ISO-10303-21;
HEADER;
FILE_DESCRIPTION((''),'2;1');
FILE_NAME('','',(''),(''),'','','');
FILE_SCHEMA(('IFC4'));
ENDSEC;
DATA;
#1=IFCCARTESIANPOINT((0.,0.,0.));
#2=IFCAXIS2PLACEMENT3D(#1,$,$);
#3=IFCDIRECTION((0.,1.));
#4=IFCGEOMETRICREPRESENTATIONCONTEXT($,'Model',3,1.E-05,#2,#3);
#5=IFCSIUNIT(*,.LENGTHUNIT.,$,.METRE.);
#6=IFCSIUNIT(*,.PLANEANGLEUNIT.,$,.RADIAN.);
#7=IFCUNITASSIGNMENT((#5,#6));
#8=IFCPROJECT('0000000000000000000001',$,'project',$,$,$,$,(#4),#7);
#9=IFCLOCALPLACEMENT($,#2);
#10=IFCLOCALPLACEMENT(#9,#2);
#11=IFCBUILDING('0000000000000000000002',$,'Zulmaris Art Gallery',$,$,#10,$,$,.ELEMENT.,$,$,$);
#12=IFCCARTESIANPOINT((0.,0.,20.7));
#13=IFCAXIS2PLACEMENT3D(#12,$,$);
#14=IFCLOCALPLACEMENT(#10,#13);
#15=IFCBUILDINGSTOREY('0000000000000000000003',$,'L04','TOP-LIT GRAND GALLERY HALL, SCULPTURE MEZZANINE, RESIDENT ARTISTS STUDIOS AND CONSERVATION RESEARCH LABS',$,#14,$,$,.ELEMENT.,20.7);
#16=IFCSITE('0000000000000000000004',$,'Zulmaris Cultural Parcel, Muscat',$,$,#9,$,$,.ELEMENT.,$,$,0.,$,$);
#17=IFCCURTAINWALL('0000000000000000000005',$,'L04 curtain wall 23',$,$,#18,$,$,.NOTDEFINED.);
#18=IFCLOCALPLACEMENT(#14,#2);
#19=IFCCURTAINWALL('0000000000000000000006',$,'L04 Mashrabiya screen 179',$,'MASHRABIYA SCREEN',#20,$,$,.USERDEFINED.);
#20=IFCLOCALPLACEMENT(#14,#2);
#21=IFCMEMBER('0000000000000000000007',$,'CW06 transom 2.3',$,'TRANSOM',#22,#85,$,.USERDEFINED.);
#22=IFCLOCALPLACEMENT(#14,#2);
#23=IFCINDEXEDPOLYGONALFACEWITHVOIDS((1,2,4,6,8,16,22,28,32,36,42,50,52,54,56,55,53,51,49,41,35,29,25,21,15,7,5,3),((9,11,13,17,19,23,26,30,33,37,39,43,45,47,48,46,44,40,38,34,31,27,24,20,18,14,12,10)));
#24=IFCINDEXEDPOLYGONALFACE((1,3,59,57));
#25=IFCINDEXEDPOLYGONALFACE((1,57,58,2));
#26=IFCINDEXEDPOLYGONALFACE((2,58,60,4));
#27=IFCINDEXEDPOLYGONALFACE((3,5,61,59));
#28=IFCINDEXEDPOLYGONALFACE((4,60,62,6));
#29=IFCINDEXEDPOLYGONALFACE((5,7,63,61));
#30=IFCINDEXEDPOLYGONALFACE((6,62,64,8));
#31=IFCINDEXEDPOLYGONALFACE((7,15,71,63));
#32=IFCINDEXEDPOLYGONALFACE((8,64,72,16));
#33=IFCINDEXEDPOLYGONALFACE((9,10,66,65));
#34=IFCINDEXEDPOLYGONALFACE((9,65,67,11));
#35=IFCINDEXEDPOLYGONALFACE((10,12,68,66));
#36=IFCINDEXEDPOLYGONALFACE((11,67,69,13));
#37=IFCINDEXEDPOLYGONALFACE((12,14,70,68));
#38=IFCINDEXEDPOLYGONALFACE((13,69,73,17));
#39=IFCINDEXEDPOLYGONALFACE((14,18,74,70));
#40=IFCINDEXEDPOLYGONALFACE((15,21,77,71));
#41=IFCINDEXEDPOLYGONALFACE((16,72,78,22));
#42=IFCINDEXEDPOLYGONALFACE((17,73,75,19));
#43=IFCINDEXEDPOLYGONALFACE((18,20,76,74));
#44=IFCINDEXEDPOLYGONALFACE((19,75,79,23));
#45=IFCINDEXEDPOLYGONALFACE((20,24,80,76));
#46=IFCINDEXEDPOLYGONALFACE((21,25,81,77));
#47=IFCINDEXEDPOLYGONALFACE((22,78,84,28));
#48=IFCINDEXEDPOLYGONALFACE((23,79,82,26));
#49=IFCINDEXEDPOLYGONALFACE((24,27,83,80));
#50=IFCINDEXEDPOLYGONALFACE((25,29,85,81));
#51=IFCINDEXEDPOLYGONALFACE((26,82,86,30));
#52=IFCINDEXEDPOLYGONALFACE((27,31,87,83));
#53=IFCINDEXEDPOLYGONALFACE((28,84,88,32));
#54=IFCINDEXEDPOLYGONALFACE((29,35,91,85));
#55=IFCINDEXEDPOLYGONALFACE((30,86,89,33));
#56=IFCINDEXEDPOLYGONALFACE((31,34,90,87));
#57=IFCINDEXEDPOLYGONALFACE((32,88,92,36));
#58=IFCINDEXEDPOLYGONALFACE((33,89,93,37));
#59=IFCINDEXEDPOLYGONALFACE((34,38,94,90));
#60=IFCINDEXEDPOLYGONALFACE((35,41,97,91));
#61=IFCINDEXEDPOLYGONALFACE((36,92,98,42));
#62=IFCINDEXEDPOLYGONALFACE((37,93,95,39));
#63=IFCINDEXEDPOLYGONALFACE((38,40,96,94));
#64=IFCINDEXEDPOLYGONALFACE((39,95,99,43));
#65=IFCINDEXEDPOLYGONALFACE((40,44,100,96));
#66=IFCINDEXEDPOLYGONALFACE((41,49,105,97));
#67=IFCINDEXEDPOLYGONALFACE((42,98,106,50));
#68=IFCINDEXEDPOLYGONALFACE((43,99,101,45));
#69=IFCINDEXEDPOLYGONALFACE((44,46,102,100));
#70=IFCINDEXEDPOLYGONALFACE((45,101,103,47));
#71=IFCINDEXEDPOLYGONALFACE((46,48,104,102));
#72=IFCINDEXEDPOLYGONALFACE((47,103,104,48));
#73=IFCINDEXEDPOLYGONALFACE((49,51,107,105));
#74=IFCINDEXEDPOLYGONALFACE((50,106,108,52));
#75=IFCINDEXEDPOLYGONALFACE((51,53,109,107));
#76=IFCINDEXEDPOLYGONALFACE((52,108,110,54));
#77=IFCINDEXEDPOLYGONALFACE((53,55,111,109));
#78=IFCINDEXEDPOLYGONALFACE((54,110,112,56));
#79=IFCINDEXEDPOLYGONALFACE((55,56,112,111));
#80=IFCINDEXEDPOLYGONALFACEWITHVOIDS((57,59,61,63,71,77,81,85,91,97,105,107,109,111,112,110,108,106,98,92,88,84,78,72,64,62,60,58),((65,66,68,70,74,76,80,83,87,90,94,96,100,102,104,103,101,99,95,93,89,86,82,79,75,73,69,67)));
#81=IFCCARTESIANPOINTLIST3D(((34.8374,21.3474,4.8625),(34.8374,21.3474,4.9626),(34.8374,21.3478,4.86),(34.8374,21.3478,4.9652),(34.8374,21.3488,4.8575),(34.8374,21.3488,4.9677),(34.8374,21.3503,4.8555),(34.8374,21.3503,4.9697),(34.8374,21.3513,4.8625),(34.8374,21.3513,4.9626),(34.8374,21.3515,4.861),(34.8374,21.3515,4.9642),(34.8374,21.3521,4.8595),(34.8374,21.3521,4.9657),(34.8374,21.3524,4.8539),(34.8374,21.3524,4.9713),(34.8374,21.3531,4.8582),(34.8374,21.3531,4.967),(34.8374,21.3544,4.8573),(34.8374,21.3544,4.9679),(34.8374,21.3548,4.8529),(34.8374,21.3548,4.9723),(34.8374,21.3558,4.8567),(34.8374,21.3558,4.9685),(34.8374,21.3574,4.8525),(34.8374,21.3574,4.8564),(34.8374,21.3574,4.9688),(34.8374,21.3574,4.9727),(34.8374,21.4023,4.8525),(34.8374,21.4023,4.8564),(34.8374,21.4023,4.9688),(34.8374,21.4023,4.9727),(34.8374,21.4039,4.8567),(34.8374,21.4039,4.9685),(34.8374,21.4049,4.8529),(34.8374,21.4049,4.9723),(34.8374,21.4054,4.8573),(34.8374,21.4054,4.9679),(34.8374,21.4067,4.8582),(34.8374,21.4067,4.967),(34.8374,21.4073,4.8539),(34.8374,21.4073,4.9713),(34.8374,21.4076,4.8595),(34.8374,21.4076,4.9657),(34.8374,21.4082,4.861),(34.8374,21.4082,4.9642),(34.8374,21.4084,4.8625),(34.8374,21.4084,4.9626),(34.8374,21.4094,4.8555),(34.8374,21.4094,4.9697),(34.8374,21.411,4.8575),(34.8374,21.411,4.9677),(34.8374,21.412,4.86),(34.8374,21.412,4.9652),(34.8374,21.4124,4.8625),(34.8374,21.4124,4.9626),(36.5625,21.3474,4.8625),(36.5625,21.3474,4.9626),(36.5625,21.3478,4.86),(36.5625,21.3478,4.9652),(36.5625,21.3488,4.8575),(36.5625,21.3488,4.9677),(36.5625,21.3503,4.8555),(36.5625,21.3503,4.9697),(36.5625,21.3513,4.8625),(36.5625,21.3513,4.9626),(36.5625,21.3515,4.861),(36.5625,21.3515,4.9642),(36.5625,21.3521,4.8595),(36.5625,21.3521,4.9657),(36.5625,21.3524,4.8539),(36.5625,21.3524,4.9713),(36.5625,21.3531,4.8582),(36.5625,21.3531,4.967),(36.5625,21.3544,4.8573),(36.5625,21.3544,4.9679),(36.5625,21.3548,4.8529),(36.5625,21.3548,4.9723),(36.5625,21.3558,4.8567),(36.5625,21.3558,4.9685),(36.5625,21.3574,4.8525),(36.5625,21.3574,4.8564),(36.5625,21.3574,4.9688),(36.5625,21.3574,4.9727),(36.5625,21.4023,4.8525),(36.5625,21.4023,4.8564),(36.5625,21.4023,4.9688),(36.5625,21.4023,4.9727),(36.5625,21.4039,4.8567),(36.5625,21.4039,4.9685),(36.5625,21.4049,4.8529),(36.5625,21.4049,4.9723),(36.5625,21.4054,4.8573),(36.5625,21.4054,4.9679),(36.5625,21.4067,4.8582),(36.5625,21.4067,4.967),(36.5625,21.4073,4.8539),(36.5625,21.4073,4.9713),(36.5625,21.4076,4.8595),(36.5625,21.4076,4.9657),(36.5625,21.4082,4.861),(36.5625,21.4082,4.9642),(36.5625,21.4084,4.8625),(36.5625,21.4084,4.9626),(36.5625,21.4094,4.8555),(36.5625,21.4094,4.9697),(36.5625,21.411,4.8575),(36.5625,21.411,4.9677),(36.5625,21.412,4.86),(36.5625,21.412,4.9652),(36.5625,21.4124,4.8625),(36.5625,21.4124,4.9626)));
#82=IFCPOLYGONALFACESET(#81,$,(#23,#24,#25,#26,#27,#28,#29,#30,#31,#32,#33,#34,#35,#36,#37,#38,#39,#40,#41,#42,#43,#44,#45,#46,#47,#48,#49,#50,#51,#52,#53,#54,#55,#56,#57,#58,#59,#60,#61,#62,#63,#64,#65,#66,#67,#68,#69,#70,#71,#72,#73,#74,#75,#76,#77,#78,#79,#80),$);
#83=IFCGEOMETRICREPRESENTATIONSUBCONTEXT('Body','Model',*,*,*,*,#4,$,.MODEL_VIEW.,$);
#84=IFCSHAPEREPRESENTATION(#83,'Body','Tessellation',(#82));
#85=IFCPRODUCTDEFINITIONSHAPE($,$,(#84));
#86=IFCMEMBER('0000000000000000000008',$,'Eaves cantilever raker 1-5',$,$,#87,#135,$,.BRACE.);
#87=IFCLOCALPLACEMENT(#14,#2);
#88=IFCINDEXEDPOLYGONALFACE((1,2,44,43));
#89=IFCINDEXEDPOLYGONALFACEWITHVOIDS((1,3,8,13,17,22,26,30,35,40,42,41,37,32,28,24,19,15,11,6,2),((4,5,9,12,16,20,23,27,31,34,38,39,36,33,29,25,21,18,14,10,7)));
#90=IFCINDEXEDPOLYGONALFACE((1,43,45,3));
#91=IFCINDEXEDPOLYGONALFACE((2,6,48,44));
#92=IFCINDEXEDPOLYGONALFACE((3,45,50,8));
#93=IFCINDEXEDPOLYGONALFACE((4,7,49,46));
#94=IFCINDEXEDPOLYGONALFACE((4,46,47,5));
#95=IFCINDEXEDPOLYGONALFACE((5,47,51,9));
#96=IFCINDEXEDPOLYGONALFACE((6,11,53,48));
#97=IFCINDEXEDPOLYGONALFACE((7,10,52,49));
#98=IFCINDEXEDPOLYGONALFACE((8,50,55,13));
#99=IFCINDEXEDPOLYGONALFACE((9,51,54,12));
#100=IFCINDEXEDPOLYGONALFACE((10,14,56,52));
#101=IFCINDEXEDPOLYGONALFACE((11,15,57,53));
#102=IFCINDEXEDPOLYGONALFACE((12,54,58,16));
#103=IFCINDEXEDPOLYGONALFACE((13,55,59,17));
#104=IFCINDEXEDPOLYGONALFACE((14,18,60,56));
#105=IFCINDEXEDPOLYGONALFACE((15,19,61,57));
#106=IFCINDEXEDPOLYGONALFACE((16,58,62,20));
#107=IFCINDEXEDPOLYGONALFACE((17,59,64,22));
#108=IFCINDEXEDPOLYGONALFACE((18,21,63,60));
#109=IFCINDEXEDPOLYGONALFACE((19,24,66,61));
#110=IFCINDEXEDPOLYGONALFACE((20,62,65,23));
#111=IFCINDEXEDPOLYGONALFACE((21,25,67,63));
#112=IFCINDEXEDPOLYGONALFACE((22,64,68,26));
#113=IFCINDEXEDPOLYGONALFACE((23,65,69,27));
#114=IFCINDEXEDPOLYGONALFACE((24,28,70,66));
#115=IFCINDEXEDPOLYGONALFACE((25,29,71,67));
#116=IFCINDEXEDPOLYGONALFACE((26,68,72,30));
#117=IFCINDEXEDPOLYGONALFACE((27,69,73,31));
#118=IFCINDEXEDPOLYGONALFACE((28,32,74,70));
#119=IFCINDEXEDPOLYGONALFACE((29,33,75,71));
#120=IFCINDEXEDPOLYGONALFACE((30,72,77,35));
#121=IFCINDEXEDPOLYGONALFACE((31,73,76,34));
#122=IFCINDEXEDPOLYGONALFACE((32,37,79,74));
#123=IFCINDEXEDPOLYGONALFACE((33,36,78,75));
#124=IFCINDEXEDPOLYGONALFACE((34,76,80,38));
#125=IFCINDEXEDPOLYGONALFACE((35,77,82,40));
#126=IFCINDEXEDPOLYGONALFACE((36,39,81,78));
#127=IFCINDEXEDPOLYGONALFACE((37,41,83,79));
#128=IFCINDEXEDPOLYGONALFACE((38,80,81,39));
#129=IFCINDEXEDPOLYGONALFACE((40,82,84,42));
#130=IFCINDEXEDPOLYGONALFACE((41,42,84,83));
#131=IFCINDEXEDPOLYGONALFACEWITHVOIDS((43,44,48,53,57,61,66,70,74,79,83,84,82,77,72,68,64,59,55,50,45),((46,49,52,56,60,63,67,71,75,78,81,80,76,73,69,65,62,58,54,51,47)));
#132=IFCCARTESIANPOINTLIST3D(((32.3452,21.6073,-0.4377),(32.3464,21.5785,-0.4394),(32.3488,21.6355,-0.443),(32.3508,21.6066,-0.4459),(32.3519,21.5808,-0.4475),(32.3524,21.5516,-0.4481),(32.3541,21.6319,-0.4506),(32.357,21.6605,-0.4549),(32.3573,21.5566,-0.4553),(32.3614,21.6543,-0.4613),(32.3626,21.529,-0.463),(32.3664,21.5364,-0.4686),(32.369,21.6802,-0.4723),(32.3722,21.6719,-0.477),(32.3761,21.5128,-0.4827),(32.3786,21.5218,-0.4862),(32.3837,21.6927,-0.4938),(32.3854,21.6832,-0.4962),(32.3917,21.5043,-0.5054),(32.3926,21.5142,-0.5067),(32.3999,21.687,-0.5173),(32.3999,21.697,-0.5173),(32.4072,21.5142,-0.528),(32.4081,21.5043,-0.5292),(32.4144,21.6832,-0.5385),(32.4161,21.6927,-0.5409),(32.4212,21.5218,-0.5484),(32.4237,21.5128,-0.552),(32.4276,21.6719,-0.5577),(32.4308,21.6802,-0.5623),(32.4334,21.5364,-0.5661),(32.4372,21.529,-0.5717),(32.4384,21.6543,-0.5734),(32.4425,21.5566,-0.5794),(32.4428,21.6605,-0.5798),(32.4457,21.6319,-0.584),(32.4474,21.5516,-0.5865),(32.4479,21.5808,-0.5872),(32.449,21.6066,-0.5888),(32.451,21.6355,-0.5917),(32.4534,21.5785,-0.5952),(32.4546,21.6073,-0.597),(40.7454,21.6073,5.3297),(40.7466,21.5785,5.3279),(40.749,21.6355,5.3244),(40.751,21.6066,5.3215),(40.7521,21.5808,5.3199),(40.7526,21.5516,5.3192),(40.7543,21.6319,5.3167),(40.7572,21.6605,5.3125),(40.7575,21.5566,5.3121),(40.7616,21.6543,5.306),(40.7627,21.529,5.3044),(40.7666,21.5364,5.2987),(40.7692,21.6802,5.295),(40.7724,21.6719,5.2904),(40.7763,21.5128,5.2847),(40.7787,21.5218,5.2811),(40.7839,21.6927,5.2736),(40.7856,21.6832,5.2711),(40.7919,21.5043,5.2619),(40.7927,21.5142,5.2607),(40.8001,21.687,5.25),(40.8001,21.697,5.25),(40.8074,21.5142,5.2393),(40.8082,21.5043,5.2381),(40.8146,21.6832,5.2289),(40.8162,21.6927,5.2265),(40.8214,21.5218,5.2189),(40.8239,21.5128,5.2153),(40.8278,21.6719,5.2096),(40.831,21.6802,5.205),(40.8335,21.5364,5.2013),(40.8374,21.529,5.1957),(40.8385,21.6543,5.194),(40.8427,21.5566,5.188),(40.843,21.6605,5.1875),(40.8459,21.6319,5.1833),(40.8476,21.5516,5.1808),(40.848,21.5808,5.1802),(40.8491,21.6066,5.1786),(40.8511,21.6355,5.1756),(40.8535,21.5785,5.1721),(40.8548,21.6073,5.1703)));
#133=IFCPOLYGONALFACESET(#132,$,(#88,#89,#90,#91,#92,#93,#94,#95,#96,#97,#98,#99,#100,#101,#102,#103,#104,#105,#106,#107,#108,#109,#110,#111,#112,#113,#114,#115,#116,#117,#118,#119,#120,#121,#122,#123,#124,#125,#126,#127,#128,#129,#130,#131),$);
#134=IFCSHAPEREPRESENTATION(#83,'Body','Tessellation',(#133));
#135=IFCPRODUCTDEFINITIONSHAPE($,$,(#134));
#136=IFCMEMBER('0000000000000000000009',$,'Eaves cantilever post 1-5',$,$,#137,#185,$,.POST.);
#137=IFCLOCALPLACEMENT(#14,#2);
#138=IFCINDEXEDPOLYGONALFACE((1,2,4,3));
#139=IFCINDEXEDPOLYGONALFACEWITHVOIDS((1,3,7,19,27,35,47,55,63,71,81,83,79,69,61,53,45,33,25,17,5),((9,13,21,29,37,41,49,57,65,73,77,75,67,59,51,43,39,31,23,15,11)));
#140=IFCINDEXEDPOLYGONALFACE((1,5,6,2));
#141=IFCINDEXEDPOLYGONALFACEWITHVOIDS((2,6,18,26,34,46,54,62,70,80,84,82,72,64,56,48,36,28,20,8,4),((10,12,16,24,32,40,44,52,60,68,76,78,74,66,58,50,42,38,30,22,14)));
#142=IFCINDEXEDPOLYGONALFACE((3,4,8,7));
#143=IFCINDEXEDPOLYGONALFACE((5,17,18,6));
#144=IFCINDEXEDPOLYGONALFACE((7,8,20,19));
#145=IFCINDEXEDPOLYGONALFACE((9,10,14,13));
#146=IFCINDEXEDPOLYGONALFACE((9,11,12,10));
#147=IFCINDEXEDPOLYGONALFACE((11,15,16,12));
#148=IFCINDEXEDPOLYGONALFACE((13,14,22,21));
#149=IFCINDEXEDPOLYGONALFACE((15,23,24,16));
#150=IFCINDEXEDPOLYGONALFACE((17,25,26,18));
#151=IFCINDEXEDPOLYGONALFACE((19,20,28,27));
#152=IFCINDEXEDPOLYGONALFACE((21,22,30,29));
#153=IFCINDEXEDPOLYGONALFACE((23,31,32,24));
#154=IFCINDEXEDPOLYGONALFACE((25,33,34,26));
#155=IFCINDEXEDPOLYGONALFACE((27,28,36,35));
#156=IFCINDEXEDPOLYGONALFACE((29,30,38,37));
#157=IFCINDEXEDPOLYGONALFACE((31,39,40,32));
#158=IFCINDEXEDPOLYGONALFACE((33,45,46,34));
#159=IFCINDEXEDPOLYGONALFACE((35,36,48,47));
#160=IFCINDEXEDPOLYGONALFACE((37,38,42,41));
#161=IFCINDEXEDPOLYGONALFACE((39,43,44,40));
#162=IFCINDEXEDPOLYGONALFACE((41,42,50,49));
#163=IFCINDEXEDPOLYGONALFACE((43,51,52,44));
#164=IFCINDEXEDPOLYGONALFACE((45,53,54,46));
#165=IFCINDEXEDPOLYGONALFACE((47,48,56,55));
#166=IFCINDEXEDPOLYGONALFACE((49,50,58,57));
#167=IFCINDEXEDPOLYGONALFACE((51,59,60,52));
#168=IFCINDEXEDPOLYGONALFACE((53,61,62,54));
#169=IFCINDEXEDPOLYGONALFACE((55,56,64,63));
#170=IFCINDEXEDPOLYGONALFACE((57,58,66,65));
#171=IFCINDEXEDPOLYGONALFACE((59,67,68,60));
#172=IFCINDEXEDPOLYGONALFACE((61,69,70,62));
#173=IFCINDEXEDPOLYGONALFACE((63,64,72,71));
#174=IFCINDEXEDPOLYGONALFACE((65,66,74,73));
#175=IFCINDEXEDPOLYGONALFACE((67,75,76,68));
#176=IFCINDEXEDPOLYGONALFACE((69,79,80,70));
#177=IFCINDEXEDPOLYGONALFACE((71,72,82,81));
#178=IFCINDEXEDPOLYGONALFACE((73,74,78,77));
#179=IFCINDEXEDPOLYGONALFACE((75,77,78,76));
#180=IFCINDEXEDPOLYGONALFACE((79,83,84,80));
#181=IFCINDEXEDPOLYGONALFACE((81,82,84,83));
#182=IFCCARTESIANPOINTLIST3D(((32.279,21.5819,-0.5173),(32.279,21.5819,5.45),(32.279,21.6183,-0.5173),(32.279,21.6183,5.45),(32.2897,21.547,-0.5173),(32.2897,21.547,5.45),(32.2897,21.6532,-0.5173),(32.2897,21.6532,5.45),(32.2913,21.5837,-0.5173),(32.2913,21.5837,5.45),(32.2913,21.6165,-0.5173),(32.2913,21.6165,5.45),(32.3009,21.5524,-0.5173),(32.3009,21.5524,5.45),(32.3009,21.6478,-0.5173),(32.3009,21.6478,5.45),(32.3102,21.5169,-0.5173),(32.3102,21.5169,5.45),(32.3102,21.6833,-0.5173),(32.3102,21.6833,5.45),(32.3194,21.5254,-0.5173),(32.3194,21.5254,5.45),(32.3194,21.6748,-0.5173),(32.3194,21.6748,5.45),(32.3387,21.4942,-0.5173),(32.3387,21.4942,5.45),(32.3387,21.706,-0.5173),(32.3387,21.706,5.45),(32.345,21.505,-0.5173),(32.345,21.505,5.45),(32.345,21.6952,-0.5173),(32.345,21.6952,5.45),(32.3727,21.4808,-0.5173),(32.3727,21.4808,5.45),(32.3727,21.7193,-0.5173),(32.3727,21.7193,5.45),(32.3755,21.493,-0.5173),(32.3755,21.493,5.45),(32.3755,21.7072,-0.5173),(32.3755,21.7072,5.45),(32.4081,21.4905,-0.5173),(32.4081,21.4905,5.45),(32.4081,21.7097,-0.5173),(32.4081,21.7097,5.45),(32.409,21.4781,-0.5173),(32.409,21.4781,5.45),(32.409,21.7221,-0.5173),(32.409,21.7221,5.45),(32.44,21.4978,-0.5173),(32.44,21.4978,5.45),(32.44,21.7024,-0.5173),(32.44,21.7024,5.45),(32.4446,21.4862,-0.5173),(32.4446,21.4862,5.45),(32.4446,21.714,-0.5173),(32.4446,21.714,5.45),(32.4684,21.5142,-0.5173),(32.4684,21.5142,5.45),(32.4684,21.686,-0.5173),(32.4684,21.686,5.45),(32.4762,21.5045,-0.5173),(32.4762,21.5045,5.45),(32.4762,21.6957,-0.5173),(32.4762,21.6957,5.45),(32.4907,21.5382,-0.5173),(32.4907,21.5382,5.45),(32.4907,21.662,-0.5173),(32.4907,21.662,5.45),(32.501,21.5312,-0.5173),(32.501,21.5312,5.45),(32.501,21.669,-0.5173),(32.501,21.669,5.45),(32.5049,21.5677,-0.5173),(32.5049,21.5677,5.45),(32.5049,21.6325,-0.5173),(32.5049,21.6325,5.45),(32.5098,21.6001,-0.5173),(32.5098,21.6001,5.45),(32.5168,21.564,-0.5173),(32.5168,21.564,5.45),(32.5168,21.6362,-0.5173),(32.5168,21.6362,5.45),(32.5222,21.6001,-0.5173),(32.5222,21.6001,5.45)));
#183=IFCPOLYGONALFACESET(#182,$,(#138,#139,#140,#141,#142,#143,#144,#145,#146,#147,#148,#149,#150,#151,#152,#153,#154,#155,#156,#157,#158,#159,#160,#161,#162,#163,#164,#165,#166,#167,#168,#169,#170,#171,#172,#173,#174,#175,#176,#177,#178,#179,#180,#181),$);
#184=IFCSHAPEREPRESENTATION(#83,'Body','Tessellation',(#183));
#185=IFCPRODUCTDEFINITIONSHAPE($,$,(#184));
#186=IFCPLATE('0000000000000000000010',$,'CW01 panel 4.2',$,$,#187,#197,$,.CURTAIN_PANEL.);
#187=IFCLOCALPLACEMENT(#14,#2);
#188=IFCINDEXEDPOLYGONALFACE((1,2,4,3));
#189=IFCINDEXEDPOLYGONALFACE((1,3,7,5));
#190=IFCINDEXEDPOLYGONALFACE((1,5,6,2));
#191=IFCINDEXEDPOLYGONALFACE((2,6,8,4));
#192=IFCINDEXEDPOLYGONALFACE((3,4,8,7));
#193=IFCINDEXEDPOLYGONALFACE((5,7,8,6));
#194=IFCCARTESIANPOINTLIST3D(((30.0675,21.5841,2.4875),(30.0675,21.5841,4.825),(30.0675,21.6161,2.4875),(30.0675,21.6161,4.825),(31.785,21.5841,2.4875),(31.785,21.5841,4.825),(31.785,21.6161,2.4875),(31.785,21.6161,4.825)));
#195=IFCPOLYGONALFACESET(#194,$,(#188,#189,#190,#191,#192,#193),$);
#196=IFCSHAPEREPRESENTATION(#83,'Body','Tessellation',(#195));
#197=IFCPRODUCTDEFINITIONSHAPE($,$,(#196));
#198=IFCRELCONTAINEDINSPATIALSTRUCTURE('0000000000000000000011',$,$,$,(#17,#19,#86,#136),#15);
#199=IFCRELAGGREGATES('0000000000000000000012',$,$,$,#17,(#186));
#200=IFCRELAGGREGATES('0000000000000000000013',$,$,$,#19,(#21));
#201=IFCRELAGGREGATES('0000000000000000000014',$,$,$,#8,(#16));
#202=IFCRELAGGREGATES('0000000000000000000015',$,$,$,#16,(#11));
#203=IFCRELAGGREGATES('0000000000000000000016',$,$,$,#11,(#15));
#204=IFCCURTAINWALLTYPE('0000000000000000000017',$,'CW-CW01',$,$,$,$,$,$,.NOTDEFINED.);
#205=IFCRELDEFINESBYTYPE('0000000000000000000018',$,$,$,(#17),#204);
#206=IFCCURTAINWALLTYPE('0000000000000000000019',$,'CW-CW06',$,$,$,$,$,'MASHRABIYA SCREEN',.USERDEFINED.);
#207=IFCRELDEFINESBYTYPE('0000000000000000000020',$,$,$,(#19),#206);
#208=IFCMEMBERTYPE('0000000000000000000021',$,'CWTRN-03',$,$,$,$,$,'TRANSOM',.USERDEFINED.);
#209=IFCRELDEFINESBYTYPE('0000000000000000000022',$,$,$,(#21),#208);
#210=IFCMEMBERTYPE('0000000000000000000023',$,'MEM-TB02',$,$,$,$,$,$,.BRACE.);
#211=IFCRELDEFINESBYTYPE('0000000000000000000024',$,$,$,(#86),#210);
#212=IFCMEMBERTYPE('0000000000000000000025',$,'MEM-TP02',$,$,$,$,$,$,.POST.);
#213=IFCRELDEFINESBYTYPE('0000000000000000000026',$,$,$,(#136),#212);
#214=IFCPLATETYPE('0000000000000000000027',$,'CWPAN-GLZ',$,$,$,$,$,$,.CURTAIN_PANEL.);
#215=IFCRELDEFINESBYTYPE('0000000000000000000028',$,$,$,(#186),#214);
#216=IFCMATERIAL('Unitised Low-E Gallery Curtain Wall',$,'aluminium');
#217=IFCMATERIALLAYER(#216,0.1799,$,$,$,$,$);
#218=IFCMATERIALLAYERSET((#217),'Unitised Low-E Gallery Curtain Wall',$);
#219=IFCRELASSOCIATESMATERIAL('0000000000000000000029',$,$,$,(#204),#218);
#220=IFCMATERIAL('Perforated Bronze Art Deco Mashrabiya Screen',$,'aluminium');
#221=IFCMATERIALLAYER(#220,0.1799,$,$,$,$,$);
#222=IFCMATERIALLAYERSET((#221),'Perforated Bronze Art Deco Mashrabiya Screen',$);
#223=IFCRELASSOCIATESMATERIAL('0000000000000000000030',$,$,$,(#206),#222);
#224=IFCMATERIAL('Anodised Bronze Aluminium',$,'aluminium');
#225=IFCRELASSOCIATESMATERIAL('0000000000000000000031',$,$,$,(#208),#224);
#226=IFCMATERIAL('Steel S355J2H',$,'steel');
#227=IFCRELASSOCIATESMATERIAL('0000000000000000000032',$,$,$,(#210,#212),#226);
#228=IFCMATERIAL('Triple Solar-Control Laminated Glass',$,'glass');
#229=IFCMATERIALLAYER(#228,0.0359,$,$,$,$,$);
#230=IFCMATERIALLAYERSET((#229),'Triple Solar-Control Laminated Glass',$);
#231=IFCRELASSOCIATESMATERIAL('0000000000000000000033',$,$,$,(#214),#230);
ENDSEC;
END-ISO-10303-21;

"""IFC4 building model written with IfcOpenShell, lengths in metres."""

from ifc_helpers import new_model, si_unit, direction, frame, origin, origin_2d, place, context, subcontext, project, spatial, rectangle, hollow_rectangle, hollow_circle, extrude, material, layer, layer_set, material_profile, profile_set, type_object, element, aggregate, save


model = new_model("IFC4")

# Units and contexts
model_context = context("Model", 3, precision=1e-05, world=origin(), true_north=direction((0.0, 1.0)))
body_context = subcontext(model_context, "Body", "Model", "MODEL_VIEW")
ifc_project = project(units=[si_unit("LENGTHUNIT", "METRE"), si_unit("PLANEANGLEUNIT", "RADIAN")], contexts=[model_context])

# Site, building, storey
site_placement = place(None, origin())
site = spatial("IfcSite", under=ifc_project, at=site_placement, Name="Zulmaris Cultural Parcel, Muscat", CompositionType="ELEMENT", RefElevation=0.0)
building_placement = place(site_placement, origin())
building = spatial("IfcBuilding", under=site, at=building_placement, Name="Zulmaris Art Gallery", CompositionType="ELEMENT")
storey_placement = place(building_placement, frame((0.0, 0.0, 20.7)))
storey = spatial("IfcBuildingStorey", under=building, at=storey_placement, Name="L04", Description="TOP-LIT GRAND GALLERY HALL, SCULPTURE MEZZANINE, RESIDENT ARTISTS STUDIOS AND CONSERVATION RESEARCH LABS", CompositionType="ELEMENT", Elevation=20.7)

# Curtain wall
ifc_material_1 = material(Name="Unitised Low-E Gallery Curtain Wall", Category="aluminium")
ifc_layer_1 = layer(ifc_material_1, 0.1799)
ifc_layer_set_1 = layer_set([ifc_layer_1], Name="Unitised Low-E Gallery Curtain Wall")
curtain_wall_type_1 = type_object("IfcCurtainWallType", Name="CW-CW01", PredefinedType="NOTDEFINED", material=ifc_layer_set_1)
curtain_wall_1_placement = place(storey_placement, origin())
curtain_wall_1 = element("IfcCurtainWall", 1, at=curtain_wall_1_placement, inside=storey, type_object=curtain_wall_type_1, Name="L04 curtain wall 23", PredefinedType="NOTDEFINED")
ifc_material_2 = material(Name="Anodised Bronze Aluminium", Category="aluminium")
ifc_material_3 = material(Name="Perforated Bronze Art Deco Mashrabiya Screen", Category="aluminium")
ifc_layer_2 = layer(ifc_material_3, 0.1799)
ifc_layer_set_2 = layer_set([ifc_layer_2], Name="Perforated Bronze Art Deco Mashrabiya Screen")
curtain_wall_type_2 = type_object("IfcCurtainWallType", Name="CW-CW06", ElementType="MASHRABIYA SCREEN", PredefinedType="USERDEFINED", material=ifc_layer_set_2)

# Curtain wall, member
curtain_wall_2_placement = place(storey_placement, origin())
curtain_wall_2 = element("IfcCurtainWall", 2, at=curtain_wall_2_placement, inside=storey, type_object=curtain_wall_type_2, Name="L04 Mashrabiya screen 179", ObjectType="MASHRABIYA SCREEN", PredefinedType="USERDEFINED")
ifc_material_profile_1 = material_profile(ifc_material_2, hollow_rectangle(XDim=0.0649, YDim=0.1201, WallThickness=0.0039, InnerFilletRadius=0.0061, OuterFilletRadius=0.01, at=origin_2d()), Name="ALU 65x120x4")
ifc_profile_set_1 = profile_set([ifc_material_profile_1], Name="Anodised Bronze Aluminium")
member_type_1 = type_object("IfcMemberType", Name="CWTRN-03", ElementType="TRANSOM", PredefinedType="USERDEFINED", material=ifc_profile_set_1)
member_1_placement = place(storey_placement, frame((34.8374, 21.3799, 4.9126), z_axis=(1.0, 0.0, 0.0), x_axis=(0.0, 1.0, 0.0)))
member_1 = element("IfcMember", 3, at=member_1_placement, type_object=member_type_1, Name="CW06 transom 2.3", ObjectType="TRANSOM", PredefinedType="USERDEFINED", context=body_context, shape_type="SweptSolid", body=[
    extrude(hollow_rectangle(XDim=0.0649, YDim=0.1201, WallThickness=0.0039, InnerFilletRadius=0.0061, OuterFilletRadius=0.01, at=origin_2d()), origin(), (0.0, 0.0, 1.0), 1.7251),
])

# Members
ifc_material_4 = material(Name="Steel S355J2H", Category="steel")
ifc_material_profile_2 = material_profile(ifc_material_4, hollow_circle(Radius=0.0969, WallThickness=0.01, at=origin_2d()), Name="CHS 193.7x10")
ifc_profile_set_2 = profile_set([ifc_material_profile_2], Name="Steel S355J2H")
member_type_2 = type_object("IfcMemberType", Name="MEM-TB02", PredefinedType="BRACE", material=ifc_profile_set_2)
member_2_placement = place(storey_placement, frame((32.3999, 21.6001, -0.5173), z_axis=(0.824398, 0.0, 0.566011), x_axis=(0.0, 1.0, 0.0)))
element("IfcMember", 4, at=member_2_placement, inside=storey, type_object=member_type_2, Name="Eaves cantilever raker 1-5", PredefinedType="BRACE", context=body_context, shape_type="SweptSolid", body=[
    extrude(hollow_circle(Radius=0.0969, WallThickness=0.01, at=origin_2d()), origin(), (0.0, 0.0, 1.0), 10.1895),
])
ifc_material_profile_3 = material_profile(ifc_material_4, hollow_circle(Radius=0.1223, WallThickness=0.0125, at=origin_2d()), Name="CHS 244.5x12.5")
ifc_profile_set_3 = profile_set([ifc_material_profile_3], Name="Steel S355J2H")
member_type_3 = type_object("IfcMemberType", Name="MEM-TP02", PredefinedType="POST", material=ifc_profile_set_3)
member_3_placement = place(storey_placement, frame((32.3999, 21.6001, -0.5173), z_axis=(0.0, 0.0, 1.0), x_axis=(1.0, 0.0, 0.0)))
element("IfcMember", 5, at=member_3_placement, inside=storey, type_object=member_type_3, Name="Eaves cantilever post 1-5", PredefinedType="POST", context=body_context, shape_type="SweptSolid", body=[
    extrude(hollow_circle(Radius=0.1223, WallThickness=0.0125, at=origin_2d()), origin(), (0.0, 0.0, 1.0), 5.9673),
])

# Plate
ifc_material_5 = material(Name="Triple Solar-Control Laminated Glass", Category="glass")
ifc_layer_3 = layer(ifc_material_5, 0.0359)
ifc_layer_set_3 = layer_set([ifc_layer_3], Name="Triple Solar-Control Laminated Glass")
plate_type_1 = type_object("IfcPlateType", Name="CWPAN-GLZ", PredefinedType="CURTAIN_PANEL", material=ifc_layer_set_3)
plate_1_placement = place(storey_placement, frame((30.9263, 21.6001, 2.4875), z_axis=(0.0, 0.0, 1.0), x_axis=(1.0, 0.0, 0.0)))
plate_1 = element("IfcPlate", 6, at=plate_1_placement, type_object=plate_type_1, Name="CW01 panel 4.2", PredefinedType="CURTAIN_PANEL", context=body_context, shape_type="SweptSolid", body=[
    extrude(rectangle(XDim=1.7175, YDim=0.032, at=origin_2d()), origin(), (0.0, 0.0, 1.0), 2.3374),
])
aggregate(curtain_wall_1, [plate_1])
aggregate(curtain_wall_2, [member_1])

save(model, "model.ifc")
